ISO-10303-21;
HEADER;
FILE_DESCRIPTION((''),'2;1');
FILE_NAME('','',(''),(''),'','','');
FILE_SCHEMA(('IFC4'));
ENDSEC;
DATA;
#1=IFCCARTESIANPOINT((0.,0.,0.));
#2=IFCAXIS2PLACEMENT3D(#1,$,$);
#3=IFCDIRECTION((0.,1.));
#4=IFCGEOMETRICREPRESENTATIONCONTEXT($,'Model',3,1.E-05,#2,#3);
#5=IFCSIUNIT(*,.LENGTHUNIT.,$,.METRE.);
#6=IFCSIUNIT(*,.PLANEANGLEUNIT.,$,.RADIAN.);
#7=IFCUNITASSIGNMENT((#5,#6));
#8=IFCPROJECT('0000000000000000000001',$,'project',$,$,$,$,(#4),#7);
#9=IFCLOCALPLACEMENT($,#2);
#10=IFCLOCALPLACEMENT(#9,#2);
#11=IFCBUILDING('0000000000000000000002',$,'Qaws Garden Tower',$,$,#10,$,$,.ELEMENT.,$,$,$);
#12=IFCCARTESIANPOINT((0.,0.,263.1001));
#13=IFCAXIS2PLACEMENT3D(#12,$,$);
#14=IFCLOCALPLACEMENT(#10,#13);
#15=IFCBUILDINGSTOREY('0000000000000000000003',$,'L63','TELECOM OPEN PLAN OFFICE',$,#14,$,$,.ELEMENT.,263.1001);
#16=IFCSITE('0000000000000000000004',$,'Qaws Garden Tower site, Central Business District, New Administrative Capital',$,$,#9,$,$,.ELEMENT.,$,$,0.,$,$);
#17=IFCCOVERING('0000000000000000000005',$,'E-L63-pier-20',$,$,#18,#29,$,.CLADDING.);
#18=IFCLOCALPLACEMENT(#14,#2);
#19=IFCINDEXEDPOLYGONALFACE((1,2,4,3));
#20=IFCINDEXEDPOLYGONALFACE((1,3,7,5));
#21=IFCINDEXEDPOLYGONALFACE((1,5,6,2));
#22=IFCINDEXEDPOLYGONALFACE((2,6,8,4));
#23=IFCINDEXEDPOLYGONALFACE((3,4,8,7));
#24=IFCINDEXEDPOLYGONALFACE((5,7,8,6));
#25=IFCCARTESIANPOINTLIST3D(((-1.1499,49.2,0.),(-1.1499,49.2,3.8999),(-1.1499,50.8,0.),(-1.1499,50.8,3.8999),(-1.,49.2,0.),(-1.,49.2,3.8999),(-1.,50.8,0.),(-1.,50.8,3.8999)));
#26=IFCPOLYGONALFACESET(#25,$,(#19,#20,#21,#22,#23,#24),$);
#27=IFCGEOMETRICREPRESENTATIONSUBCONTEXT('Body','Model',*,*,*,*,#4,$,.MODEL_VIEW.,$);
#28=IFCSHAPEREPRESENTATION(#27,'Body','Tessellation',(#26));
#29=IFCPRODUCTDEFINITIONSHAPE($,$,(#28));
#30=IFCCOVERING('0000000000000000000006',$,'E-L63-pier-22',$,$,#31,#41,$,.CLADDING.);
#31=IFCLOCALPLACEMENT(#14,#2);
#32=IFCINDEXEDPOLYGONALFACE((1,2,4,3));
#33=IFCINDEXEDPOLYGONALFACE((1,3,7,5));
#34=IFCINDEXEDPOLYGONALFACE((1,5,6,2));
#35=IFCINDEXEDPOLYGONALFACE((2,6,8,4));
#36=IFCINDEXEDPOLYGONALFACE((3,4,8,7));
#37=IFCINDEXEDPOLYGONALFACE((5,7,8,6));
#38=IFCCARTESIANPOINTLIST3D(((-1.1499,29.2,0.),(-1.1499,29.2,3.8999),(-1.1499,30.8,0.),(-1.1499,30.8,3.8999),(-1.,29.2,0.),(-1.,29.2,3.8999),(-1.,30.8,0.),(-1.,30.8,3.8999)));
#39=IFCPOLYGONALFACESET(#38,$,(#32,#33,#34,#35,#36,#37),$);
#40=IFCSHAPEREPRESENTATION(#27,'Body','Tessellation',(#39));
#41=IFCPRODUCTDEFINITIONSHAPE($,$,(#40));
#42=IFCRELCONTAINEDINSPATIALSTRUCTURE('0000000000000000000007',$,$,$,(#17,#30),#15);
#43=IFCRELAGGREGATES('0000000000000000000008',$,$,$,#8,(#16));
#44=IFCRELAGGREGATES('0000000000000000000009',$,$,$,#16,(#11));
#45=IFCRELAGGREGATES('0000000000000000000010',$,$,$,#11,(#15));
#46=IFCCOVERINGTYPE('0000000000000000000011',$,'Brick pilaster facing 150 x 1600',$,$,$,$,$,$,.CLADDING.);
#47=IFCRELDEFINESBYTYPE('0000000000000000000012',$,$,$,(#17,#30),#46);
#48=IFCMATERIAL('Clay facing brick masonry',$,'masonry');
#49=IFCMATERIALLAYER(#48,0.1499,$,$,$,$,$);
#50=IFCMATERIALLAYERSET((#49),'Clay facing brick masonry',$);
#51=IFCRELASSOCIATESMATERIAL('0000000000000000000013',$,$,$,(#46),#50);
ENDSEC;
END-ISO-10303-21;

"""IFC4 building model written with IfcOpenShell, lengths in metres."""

from ifc_helpers import new_model, si_unit, direction, frame, origin, place, context, subcontext, project, spatial, polyline, outline, extrude, material, layer, layer_set, type_object, element, save


model = new_model("IFC4")

# Units and contexts
model_context = context("Model", 3, precision=1e-05, world=origin(), true_north=direction((0.0, 1.0)))
body_context = subcontext(model_context, "Body", "Model", "MODEL_VIEW")
ifc_project = project(units=[si_unit("LENGTHUNIT", "METRE"), si_unit("PLANEANGLEUNIT", "RADIAN")], contexts=[model_context])

# Site, building, storey
site_placement = place(None, origin())
site = spatial("IfcSite", under=ifc_project, at=site_placement, Name="Qaws Garden Tower site, Central Business District, New Administrative Capital", CompositionType="ELEMENT", RefElevation=0.0)
building_placement = place(site_placement, origin())
building = spatial("IfcBuilding", under=site, at=building_placement, Name="Qaws Garden Tower", CompositionType="ELEMENT")
storey_placement = place(building_placement, frame((0.0, 0.0, 263.1001)))
storey = spatial("IfcBuildingStorey", under=building, at=storey_placement, Name="L63", Description="TELECOM OPEN PLAN OFFICE", CompositionType="ELEMENT", Elevation=263.1001)

# Shared definitions
placement = place(storey_placement, origin())

# Coverings
ifc_material_1 = material(Name="Clay facing brick masonry", Category="masonry")
ifc_layer_1 = layer(ifc_material_1, 0.1499)
ifc_layer_set_1 = layer_set([ifc_layer_1], Name="Clay facing brick masonry")
covering_type = type_object("IfcCoveringType", Name="Brick pilaster facing 150 x 1600", PredefinedType="CLADDING", material=ifc_layer_set_1)
element("IfcCovering", 1, at=placement, inside=storey, type_object=covering_type, Name="E-L63-pier-20", PredefinedType="CLADDING", context=body_context, shape_type="SweptSolid", body=[
    extrude(outline(polyline([(-1.0, 50.8), (-1.0, 49.2), (-1.1499, 49.2), (-1.1499, 50.8), (-1.0, 50.8)])), origin(), (0.0, 0.0, 1.0), 3.8999),
])
element("IfcCovering", 2, at=placement, inside=storey, type_object=covering_type, Name="E-L63-pier-22", PredefinedType="CLADDING", context=body_context, shape_type="SweptSolid", body=[
    extrude(outline(polyline([(-1.0, 30.8), (-1.0, 29.2), (-1.1499, 29.2), (-1.1499, 30.8), (-1.0, 30.8)])), origin(), (0.0, 0.0, 1.0), 3.8999),
])

save(model, "model.ifc")
